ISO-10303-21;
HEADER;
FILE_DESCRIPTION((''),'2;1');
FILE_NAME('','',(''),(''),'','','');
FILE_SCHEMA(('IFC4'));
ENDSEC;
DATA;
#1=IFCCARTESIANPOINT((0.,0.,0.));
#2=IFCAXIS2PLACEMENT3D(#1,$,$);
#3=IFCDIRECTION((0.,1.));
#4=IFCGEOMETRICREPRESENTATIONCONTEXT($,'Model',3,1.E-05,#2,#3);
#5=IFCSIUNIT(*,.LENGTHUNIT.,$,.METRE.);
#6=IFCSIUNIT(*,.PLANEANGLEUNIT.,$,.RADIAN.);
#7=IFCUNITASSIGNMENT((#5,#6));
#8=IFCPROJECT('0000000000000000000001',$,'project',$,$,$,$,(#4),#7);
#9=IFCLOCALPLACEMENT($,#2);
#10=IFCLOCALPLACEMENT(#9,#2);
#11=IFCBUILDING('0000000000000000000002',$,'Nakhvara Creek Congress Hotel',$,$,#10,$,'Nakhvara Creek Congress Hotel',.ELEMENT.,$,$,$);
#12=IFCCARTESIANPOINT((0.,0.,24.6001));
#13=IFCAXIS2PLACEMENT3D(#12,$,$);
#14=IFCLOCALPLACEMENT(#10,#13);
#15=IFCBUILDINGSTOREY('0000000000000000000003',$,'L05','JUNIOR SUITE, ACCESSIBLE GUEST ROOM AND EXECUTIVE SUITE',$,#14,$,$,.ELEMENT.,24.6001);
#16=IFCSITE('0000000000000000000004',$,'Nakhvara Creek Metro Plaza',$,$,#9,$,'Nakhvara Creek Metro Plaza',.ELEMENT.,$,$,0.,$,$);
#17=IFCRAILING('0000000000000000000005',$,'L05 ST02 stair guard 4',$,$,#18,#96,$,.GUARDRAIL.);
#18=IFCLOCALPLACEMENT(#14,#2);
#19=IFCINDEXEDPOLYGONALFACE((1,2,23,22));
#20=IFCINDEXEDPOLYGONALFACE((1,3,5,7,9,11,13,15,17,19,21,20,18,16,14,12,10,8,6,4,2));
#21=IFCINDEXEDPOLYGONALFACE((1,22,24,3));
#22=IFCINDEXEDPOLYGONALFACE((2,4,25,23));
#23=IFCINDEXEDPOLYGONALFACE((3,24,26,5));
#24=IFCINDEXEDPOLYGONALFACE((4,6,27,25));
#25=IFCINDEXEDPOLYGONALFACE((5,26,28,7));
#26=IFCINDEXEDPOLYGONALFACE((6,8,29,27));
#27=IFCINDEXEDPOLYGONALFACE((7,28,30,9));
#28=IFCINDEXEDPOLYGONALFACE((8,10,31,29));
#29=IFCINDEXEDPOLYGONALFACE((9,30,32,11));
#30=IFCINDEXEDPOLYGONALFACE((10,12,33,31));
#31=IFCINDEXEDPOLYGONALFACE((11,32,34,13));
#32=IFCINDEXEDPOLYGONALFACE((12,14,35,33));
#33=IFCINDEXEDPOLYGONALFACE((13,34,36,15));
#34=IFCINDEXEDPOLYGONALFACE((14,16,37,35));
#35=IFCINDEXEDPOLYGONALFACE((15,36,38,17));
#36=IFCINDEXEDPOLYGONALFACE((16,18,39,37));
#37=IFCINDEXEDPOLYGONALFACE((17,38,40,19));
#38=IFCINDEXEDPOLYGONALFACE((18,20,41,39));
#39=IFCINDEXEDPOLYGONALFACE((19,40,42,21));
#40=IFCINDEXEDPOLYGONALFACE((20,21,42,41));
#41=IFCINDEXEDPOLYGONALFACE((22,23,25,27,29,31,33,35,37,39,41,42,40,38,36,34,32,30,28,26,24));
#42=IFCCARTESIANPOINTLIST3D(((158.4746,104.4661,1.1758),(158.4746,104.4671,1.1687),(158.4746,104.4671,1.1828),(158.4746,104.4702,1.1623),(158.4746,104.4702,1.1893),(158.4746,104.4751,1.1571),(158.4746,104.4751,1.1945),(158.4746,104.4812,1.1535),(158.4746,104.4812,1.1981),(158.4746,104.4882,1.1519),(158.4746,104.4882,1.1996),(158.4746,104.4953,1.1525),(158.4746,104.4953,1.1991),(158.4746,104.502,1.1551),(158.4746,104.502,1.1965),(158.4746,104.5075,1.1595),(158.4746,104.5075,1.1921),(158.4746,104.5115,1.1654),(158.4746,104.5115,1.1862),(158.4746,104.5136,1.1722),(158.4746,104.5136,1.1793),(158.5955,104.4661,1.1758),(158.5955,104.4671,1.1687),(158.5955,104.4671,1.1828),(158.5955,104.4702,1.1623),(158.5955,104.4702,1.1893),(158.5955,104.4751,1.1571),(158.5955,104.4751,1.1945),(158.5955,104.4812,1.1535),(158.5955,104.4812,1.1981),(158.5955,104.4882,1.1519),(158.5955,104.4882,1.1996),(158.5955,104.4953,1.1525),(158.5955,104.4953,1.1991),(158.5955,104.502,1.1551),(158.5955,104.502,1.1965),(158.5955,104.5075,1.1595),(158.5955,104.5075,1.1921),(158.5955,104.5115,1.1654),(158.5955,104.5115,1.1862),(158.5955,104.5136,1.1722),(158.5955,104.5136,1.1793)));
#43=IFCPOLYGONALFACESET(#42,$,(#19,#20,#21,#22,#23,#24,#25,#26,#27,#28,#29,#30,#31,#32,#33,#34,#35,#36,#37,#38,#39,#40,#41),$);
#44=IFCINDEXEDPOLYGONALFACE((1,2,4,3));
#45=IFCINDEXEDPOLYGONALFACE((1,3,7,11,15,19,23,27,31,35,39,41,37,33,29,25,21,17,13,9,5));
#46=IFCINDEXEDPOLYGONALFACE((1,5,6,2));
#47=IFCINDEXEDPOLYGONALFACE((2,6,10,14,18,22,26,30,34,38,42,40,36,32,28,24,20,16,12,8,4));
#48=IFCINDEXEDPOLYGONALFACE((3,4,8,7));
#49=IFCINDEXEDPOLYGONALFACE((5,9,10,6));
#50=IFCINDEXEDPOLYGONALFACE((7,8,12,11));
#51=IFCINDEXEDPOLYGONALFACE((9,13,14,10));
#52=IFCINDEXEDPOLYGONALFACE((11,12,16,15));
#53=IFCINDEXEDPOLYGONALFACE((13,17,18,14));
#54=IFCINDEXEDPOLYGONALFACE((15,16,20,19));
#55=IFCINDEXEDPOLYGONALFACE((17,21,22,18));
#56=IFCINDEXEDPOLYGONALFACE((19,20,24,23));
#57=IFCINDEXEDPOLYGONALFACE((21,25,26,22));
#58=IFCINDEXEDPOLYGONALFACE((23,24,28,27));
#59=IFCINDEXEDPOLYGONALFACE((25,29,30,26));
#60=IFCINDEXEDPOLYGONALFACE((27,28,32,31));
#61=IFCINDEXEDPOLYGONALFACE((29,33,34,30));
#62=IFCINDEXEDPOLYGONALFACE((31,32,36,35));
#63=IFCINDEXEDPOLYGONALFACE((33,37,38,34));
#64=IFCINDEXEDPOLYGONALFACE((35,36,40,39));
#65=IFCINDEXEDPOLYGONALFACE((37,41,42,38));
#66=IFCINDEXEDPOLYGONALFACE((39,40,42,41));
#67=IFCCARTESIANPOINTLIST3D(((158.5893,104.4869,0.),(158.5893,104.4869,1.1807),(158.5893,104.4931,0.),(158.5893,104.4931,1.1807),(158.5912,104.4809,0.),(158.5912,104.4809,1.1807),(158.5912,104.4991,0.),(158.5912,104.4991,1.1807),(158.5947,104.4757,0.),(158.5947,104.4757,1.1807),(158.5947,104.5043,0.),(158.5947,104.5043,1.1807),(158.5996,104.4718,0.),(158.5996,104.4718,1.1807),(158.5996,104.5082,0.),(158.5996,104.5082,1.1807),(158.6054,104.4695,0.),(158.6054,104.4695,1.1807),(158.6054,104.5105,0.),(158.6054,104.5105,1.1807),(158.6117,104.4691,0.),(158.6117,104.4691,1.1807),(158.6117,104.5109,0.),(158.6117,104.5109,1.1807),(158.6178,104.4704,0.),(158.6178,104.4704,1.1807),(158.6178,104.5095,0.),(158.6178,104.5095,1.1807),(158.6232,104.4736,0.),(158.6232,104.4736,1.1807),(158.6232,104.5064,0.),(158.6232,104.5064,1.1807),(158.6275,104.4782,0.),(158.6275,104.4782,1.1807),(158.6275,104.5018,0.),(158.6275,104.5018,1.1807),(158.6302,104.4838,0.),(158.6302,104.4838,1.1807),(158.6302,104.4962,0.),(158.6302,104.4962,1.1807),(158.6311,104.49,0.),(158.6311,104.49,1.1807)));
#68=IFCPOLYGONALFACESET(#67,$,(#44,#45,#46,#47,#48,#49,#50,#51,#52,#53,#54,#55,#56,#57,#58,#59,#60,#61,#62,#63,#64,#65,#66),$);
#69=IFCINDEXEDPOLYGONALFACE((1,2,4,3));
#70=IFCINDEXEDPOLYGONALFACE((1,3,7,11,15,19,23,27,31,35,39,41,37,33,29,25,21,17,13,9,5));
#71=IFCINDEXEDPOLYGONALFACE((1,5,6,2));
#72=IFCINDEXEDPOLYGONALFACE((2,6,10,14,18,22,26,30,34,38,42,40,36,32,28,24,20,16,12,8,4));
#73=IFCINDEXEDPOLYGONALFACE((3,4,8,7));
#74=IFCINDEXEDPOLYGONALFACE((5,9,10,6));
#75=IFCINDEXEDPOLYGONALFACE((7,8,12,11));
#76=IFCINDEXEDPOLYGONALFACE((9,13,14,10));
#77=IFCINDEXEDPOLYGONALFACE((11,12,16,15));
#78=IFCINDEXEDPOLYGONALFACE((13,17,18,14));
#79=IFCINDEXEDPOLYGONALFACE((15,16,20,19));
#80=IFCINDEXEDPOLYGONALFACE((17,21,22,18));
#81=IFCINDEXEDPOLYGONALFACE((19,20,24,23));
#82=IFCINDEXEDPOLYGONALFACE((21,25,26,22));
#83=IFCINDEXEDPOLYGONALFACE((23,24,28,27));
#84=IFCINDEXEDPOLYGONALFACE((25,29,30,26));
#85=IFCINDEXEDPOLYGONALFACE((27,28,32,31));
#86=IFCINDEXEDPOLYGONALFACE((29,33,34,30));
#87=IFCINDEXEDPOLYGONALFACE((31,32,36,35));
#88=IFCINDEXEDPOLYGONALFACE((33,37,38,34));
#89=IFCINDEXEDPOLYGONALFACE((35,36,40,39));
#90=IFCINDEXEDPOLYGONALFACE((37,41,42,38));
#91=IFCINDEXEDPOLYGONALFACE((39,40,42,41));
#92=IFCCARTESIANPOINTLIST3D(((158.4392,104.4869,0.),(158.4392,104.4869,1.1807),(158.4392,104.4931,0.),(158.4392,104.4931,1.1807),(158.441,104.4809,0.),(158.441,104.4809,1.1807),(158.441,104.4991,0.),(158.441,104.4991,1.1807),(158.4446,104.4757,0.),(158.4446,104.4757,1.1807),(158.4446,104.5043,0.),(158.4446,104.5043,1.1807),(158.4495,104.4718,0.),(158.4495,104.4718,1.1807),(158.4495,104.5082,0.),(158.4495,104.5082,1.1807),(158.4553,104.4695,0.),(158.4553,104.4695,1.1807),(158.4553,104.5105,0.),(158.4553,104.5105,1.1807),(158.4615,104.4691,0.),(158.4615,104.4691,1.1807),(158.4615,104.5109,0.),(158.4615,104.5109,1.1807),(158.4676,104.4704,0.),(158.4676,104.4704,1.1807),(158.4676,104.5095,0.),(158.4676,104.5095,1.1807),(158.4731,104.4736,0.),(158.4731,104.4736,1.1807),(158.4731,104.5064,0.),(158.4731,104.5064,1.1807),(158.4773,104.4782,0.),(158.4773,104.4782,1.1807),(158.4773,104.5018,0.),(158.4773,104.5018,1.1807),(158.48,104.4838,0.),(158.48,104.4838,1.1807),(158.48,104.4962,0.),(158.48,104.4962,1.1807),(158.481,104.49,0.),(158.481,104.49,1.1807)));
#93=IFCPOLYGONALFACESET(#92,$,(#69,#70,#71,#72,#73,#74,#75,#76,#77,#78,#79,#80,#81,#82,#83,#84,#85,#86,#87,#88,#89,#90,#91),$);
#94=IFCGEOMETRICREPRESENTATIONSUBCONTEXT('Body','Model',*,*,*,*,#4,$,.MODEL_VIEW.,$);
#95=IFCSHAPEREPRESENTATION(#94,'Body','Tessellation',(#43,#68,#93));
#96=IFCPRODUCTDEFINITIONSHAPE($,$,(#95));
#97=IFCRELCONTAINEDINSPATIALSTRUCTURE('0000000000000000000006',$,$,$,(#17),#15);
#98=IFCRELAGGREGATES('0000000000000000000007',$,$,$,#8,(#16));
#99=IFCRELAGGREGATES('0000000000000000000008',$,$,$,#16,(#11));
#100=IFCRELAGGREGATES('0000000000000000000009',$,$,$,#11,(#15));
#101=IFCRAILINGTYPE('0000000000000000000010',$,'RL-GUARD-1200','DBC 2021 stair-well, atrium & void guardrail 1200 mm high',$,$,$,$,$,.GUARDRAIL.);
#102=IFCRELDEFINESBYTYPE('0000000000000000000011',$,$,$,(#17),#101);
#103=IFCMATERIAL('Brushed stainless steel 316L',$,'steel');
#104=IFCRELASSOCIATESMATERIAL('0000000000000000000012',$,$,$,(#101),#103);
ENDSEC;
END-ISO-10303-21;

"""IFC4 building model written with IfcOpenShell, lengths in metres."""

from ifc_helpers import new_model, si_unit, direction, frame, origin, origin_2d, place, context, subcontext, project, spatial, circle, extrude, material, type_object, element, save


model = new_model("IFC4")

# Units and contexts
model_context = context("Model", 3, precision=1e-05, world=origin(), true_north=direction((0.0, 1.0)))
body_context = subcontext(model_context, "Body", "Model", "MODEL_VIEW")
ifc_project = project(units=[si_unit("LENGTHUNIT", "METRE"), si_unit("PLANEANGLEUNIT", "RADIAN")], contexts=[model_context])

# Site, building, storey
site_placement = place(None, origin())
site = spatial("IfcSite", under=ifc_project, at=site_placement, Name="Nakhvara Creek Metro Plaza", LongName="Nakhvara Creek Metro Plaza", CompositionType="ELEMENT", RefElevation=0.0)
building_placement = place(site_placement, origin())
building = spatial("IfcBuilding", under=site, at=building_placement, Name="Nakhvara Creek Congress Hotel", LongName="Nakhvara Creek Congress Hotel", CompositionType="ELEMENT")
storey_placement = place(building_placement, frame((0.0, 0.0, 24.6001)))
storey = spatial("IfcBuildingStorey", under=building, at=storey_placement, Name="L05", Description="JUNIOR SUITE, ACCESSIBLE GUEST ROOM AND EXECUTIVE SUITE", CompositionType="ELEMENT", Elevation=24.6001)

# Railing
ifc_material_1 = material(Name="Brushed stainless steel 316L", Category="steel")
railing_type_1 = type_object("IfcRailingType", Name="RL-GUARD-1200", Description="DBC 2021 stair-well, atrium & void guardrail 1200 mm high", PredefinedType="GUARDRAIL", material=ifc_material_1)
railing_1_placement = place(storey_placement, frame((158.6101, 104.49, 0.0)))
element("IfcRailing", 1, at=railing_1_placement, inside=storey, type_object=railing_type_1, Name="L05 ST02 stair guard 4", PredefinedType="GUARDRAIL", context=body_context, shape_type="SweptSolid", body=[
    extrude(circle(Radius=0.0239, at=origin_2d()), frame((-0.0146, 0.0, 1.1758), z_axis=(-1.0, 0.0, 0.0), x_axis=(0.0, -1.0, 0.0)), (0.0, 0.0, 1.0), 0.1208),
    extrude(circle(Radius=0.021, at=origin_2d()), origin(), (0.0, 0.0, 1.0), 1.1807),
    extrude(circle(Radius=0.021, at=origin_2d()), frame((-0.1501, 0.0, 0.0)), (0.0, 0.0, 1.0), 1.1807),
])

save(model, "model.ifc")
